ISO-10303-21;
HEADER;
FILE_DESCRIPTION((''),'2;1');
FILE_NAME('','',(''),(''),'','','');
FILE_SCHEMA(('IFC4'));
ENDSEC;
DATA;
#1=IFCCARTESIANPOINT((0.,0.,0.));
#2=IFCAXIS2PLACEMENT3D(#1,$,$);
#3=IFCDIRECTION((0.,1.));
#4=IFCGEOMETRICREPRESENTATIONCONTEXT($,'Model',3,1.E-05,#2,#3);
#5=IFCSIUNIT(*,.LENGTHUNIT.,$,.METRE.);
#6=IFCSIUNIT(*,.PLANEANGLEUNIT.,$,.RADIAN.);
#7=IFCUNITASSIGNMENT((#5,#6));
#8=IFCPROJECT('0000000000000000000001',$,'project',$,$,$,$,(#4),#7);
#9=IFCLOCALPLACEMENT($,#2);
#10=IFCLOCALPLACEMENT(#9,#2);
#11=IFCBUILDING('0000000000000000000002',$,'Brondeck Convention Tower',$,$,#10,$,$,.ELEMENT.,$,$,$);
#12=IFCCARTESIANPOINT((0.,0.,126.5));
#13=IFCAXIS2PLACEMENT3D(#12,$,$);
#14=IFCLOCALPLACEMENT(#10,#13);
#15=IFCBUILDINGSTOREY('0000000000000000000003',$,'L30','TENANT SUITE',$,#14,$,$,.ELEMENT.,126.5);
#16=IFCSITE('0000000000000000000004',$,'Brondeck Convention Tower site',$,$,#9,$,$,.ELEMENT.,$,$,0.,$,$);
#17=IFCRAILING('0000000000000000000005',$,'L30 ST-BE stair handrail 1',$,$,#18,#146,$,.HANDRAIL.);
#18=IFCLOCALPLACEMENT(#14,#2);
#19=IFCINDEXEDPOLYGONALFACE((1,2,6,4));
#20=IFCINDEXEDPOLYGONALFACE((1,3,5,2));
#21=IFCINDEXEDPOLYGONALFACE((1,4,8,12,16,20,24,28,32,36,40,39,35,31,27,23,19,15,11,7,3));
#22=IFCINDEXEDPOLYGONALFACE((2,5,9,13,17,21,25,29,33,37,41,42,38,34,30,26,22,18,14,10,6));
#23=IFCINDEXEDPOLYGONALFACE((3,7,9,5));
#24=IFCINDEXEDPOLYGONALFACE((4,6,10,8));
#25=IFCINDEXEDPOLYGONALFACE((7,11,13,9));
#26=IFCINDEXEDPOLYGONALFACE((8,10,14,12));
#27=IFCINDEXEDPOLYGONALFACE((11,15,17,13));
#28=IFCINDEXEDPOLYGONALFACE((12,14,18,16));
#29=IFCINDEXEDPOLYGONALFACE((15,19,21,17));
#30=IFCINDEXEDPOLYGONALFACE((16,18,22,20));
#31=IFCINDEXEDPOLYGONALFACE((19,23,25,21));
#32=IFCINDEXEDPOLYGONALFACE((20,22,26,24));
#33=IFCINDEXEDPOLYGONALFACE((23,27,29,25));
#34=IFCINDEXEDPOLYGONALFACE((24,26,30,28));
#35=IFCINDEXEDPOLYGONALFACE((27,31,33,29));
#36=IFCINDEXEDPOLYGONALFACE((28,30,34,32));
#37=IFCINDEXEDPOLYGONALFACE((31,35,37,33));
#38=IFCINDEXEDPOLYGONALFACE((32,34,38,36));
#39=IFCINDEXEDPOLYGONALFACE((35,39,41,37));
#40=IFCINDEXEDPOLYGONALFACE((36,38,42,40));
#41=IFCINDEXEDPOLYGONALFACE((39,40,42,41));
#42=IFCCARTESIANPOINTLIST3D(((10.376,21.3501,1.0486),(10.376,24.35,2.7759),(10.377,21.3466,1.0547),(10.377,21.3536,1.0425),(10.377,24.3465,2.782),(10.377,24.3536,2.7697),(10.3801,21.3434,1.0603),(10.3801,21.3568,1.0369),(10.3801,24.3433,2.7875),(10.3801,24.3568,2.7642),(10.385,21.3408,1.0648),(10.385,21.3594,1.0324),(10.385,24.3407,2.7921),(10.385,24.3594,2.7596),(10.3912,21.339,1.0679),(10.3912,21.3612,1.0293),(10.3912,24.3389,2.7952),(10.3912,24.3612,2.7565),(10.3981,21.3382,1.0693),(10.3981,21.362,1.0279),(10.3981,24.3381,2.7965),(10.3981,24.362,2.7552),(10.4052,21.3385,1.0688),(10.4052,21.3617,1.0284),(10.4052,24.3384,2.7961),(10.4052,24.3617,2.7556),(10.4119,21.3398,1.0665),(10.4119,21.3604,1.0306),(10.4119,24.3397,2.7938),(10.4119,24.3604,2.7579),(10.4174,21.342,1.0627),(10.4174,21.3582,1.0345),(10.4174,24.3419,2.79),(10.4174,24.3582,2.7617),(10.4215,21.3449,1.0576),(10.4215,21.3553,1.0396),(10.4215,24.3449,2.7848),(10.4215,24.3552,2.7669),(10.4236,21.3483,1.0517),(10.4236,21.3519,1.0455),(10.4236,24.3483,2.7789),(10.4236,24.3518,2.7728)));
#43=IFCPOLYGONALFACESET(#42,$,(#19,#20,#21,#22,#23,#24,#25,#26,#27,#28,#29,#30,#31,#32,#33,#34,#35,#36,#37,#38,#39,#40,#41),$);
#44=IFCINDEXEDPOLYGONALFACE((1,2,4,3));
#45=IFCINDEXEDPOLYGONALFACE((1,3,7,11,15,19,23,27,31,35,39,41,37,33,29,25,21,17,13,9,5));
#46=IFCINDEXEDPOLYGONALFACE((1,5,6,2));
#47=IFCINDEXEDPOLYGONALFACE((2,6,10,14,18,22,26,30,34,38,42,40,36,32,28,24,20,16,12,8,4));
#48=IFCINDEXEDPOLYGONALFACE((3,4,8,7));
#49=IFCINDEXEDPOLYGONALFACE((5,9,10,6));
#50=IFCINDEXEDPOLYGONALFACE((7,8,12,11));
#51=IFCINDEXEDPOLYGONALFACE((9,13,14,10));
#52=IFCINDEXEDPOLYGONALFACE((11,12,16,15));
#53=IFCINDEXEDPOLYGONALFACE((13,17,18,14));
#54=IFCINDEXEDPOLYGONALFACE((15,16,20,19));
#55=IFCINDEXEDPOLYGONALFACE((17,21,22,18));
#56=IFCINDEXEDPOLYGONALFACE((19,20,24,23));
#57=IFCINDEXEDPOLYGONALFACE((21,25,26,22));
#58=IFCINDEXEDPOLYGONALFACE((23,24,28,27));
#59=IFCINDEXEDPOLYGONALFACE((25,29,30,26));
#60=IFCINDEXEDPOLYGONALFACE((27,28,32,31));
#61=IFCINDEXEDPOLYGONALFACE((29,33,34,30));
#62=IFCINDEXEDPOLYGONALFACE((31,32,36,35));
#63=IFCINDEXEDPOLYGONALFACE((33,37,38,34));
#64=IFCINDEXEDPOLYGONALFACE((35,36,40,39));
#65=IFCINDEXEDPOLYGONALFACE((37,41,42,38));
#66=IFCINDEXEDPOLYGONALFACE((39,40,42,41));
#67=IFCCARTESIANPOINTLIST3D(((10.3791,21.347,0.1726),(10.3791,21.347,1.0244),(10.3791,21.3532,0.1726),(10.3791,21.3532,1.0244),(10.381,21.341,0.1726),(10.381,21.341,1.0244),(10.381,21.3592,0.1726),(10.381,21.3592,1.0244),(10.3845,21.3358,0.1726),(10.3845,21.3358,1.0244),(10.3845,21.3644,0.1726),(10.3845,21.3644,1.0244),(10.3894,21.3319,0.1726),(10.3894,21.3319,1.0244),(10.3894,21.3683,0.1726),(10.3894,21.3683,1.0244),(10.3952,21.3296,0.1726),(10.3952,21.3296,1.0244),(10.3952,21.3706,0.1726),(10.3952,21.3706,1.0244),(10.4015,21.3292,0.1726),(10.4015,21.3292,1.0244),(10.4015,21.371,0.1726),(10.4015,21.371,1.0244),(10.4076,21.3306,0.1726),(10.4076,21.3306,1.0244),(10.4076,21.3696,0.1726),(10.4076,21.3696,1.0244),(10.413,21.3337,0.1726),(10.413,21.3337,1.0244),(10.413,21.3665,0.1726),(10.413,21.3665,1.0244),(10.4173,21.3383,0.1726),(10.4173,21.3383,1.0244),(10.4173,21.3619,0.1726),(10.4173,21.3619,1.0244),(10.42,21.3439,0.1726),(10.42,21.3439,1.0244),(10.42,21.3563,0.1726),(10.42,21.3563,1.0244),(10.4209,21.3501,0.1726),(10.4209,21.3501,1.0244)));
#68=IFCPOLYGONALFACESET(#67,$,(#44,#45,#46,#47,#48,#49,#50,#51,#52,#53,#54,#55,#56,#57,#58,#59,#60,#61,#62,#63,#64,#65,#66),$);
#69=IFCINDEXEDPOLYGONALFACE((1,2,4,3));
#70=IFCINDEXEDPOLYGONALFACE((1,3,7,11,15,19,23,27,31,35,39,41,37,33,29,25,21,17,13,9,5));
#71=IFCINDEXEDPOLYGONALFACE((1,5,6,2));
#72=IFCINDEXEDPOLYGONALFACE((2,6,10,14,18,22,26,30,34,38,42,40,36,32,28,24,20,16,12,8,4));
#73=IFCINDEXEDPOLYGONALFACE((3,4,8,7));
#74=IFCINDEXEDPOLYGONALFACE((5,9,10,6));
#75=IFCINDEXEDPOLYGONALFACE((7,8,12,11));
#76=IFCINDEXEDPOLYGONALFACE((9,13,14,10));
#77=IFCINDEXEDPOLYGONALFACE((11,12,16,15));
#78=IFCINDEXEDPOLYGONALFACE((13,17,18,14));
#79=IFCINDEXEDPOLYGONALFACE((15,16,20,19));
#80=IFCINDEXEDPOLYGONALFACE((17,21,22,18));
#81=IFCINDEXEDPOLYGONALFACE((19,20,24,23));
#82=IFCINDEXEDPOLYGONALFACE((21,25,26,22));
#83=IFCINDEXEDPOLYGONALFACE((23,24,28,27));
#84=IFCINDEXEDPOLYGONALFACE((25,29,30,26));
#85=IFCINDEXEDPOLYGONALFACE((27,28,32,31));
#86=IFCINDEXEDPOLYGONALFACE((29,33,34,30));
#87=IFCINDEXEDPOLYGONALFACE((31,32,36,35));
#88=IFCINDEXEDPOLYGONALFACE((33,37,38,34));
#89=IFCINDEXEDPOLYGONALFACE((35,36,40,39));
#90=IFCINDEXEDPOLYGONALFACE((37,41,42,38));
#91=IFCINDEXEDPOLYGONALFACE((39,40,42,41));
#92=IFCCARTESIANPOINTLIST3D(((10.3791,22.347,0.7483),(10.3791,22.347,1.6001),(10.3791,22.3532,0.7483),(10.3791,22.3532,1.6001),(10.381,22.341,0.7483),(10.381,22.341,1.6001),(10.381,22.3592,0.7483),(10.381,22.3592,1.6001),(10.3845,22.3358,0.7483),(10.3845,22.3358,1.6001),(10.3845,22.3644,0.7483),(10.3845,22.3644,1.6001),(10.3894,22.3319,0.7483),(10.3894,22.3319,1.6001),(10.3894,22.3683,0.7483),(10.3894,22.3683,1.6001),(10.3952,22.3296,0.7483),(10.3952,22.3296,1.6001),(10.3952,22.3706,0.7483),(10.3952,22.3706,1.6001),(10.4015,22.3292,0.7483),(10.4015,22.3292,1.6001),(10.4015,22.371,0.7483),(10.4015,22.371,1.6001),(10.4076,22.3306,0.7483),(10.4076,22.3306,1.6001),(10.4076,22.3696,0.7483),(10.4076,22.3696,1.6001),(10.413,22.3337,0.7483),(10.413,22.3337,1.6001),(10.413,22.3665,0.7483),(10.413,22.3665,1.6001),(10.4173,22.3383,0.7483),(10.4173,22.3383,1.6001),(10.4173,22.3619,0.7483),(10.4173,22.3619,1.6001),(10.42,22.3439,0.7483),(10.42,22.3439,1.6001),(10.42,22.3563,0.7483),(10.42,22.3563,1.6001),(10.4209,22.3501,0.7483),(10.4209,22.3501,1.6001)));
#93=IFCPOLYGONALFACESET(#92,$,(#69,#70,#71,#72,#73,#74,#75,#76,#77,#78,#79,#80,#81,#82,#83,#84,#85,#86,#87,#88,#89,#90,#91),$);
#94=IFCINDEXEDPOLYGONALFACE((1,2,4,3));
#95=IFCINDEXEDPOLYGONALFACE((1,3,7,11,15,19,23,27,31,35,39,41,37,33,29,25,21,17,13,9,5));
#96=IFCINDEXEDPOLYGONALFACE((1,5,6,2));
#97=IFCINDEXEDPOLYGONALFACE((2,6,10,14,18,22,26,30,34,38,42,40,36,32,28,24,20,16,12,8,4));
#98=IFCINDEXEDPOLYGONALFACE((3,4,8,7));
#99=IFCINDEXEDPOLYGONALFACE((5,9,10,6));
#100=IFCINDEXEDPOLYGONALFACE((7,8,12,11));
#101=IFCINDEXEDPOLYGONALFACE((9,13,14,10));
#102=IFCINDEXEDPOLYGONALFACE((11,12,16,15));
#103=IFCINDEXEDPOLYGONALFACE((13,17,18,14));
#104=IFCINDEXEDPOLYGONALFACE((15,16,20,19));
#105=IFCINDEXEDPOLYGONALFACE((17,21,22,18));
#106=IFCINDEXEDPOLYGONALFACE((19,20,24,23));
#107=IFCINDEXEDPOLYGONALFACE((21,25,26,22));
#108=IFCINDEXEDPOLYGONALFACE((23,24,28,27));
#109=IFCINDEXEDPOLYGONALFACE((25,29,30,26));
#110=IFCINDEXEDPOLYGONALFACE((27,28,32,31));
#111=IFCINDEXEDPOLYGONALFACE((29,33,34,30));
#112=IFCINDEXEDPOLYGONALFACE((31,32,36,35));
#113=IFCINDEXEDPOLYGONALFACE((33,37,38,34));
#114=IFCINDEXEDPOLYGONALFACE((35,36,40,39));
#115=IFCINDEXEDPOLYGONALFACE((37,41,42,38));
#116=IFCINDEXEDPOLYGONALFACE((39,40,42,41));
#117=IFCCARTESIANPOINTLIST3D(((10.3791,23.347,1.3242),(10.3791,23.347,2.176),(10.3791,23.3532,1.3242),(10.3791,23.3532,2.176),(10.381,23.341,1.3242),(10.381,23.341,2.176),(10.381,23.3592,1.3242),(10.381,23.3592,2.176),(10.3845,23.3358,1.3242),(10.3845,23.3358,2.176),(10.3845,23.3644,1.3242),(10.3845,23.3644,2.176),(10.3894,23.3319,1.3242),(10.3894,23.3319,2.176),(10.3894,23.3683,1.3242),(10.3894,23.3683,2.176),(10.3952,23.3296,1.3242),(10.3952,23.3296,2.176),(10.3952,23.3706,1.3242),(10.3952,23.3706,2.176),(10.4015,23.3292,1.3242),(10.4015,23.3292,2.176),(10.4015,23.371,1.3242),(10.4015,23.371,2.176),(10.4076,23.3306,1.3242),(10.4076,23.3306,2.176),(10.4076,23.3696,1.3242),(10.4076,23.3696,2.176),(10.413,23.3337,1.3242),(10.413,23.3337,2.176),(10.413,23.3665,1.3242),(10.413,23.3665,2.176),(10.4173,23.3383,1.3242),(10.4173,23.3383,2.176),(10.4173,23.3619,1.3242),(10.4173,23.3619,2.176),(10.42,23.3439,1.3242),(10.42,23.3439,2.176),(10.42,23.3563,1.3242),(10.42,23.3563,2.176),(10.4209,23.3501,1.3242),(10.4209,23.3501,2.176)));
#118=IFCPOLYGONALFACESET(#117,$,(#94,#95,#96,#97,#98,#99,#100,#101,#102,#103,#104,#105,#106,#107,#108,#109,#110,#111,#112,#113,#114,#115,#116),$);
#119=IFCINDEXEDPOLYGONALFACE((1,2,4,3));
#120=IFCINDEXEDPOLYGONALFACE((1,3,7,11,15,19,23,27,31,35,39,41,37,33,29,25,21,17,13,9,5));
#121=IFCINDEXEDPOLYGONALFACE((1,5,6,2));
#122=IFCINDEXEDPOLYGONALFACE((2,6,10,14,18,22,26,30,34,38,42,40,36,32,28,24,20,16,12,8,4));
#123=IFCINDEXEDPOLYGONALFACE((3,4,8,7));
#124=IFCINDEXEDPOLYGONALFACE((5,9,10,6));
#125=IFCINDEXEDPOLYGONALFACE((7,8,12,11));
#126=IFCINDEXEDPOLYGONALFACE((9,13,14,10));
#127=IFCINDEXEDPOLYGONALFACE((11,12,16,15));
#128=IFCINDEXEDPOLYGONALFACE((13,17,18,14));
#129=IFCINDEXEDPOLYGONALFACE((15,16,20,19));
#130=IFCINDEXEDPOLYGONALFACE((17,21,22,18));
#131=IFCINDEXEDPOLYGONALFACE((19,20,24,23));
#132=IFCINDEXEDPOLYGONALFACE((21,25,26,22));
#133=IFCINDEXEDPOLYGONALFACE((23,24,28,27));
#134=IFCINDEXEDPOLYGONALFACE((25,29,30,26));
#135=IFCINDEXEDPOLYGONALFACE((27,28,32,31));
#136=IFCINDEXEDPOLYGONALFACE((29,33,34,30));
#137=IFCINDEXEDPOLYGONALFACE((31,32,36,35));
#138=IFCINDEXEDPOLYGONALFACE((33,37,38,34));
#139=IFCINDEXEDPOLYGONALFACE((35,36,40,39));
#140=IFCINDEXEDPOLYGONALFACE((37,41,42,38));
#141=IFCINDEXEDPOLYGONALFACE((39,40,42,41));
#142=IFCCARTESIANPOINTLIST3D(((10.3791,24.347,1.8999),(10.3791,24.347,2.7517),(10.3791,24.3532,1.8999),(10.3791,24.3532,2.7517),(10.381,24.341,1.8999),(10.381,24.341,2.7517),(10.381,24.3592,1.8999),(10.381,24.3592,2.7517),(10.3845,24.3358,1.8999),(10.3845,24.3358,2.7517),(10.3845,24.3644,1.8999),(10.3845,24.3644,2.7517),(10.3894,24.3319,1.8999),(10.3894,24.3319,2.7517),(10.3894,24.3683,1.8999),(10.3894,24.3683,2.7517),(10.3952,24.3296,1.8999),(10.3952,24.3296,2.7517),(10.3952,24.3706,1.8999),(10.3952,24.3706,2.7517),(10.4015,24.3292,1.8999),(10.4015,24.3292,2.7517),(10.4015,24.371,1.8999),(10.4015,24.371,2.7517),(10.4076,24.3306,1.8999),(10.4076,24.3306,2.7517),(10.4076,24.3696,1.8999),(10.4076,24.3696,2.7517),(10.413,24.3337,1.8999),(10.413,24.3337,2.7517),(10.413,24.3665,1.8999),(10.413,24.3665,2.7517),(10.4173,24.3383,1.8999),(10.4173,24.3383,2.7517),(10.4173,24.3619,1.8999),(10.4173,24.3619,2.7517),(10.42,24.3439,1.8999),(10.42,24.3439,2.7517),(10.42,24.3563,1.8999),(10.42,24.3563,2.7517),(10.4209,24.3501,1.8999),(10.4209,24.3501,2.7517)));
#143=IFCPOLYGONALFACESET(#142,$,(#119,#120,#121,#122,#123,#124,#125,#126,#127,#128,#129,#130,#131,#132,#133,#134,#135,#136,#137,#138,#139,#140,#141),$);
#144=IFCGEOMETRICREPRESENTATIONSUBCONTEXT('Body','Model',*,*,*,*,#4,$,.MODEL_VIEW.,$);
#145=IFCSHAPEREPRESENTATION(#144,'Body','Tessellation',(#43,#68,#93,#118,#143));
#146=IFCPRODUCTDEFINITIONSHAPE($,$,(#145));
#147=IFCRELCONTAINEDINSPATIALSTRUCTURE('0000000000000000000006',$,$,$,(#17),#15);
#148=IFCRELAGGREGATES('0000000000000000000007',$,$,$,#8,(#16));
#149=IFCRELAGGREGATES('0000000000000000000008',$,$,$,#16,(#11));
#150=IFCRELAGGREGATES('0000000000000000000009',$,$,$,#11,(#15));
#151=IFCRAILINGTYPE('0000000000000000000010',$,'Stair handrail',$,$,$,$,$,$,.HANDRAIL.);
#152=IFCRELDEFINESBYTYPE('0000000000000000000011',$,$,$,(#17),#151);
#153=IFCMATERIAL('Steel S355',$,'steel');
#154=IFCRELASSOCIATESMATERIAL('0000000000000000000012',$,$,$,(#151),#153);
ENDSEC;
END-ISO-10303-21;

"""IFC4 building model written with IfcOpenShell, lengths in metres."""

from ifc_helpers import new_model, si_unit, direction, frame, origin, origin_2d, place, context, subcontext, project, spatial, circle, extrude, material, type_object, element, save


model = new_model("IFC4")

# Units and contexts
model_context = context("Model", 3, precision=1e-05, world=origin(), true_north=direction((0.0, 1.0)))
body_context = subcontext(model_context, "Body", "Model", "MODEL_VIEW")
ifc_project = project(units=[si_unit("LENGTHUNIT", "METRE"), si_unit("PLANEANGLEUNIT", "RADIAN")], contexts=[model_context])

# Site, building, storey
site_placement = place(None, origin())
site = spatial("IfcSite", under=ifc_project, at=site_placement, Name="Brondeck Convention Tower site", CompositionType="ELEMENT", RefElevation=0.0)
building_placement = place(site_placement, origin())
building = spatial("IfcBuilding", under=site, at=building_placement, Name="Brondeck Convention Tower", CompositionType="ELEMENT")
storey_placement = place(building_placement, frame((0.0, 0.0, 126.5)))
storey = spatial("IfcBuildingStorey", under=building, at=storey_placement, Name="L30", Description="TENANT SUITE", CompositionType="ELEMENT", Elevation=126.5)

# Shared definitions
ifc_material_1 = material(Name="Steel S355", Category="steel")

# Railing
railing_type_1 = type_object("IfcRailingType", Name="Stair handrail", PredefinedType="HANDRAIL", material=ifc_material_1)
railing_1_placement = place(storey_placement, frame((10.3999, 21.3501, 0.1726)))
element("IfcRailing", 1, at=railing_1_placement, inside=storey, type_object=railing_type_1, Name="L30 ST-BE stair handrail 1", PredefinedType="HANDRAIL", context=body_context, shape_type="SweptSolid", body=[
    extrude(circle(Radius=0.0239, at=origin_2d()), frame((0.0, 0.0, 0.876), z_axis=(0.0, 0.86662, 0.498969), x_axis=(-1.0, 0.0, 0.0)), (0.0, 0.0, 1.0), 3.4617),
    extrude(circle(Radius=0.021, at=origin_2d()), origin(), (0.0, 0.0, 1.0), 0.8518),
    extrude(circle(Radius=0.021, at=origin_2d()), frame((0.0, 1.0, 0.5757)), (0.0, 0.0, 1.0), 0.8518),
    extrude(circle(Radius=0.021, at=origin_2d()), frame((0.0, 2.0, 1.1516)), (0.0, 0.0, 1.0), 0.8518),
    extrude(circle(Radius=0.021, at=origin_2d()), frame((0.0, 3.0, 1.7273)), (0.0, 0.0, 1.0), 0.8518),
])

save(model, "model.ifc")
